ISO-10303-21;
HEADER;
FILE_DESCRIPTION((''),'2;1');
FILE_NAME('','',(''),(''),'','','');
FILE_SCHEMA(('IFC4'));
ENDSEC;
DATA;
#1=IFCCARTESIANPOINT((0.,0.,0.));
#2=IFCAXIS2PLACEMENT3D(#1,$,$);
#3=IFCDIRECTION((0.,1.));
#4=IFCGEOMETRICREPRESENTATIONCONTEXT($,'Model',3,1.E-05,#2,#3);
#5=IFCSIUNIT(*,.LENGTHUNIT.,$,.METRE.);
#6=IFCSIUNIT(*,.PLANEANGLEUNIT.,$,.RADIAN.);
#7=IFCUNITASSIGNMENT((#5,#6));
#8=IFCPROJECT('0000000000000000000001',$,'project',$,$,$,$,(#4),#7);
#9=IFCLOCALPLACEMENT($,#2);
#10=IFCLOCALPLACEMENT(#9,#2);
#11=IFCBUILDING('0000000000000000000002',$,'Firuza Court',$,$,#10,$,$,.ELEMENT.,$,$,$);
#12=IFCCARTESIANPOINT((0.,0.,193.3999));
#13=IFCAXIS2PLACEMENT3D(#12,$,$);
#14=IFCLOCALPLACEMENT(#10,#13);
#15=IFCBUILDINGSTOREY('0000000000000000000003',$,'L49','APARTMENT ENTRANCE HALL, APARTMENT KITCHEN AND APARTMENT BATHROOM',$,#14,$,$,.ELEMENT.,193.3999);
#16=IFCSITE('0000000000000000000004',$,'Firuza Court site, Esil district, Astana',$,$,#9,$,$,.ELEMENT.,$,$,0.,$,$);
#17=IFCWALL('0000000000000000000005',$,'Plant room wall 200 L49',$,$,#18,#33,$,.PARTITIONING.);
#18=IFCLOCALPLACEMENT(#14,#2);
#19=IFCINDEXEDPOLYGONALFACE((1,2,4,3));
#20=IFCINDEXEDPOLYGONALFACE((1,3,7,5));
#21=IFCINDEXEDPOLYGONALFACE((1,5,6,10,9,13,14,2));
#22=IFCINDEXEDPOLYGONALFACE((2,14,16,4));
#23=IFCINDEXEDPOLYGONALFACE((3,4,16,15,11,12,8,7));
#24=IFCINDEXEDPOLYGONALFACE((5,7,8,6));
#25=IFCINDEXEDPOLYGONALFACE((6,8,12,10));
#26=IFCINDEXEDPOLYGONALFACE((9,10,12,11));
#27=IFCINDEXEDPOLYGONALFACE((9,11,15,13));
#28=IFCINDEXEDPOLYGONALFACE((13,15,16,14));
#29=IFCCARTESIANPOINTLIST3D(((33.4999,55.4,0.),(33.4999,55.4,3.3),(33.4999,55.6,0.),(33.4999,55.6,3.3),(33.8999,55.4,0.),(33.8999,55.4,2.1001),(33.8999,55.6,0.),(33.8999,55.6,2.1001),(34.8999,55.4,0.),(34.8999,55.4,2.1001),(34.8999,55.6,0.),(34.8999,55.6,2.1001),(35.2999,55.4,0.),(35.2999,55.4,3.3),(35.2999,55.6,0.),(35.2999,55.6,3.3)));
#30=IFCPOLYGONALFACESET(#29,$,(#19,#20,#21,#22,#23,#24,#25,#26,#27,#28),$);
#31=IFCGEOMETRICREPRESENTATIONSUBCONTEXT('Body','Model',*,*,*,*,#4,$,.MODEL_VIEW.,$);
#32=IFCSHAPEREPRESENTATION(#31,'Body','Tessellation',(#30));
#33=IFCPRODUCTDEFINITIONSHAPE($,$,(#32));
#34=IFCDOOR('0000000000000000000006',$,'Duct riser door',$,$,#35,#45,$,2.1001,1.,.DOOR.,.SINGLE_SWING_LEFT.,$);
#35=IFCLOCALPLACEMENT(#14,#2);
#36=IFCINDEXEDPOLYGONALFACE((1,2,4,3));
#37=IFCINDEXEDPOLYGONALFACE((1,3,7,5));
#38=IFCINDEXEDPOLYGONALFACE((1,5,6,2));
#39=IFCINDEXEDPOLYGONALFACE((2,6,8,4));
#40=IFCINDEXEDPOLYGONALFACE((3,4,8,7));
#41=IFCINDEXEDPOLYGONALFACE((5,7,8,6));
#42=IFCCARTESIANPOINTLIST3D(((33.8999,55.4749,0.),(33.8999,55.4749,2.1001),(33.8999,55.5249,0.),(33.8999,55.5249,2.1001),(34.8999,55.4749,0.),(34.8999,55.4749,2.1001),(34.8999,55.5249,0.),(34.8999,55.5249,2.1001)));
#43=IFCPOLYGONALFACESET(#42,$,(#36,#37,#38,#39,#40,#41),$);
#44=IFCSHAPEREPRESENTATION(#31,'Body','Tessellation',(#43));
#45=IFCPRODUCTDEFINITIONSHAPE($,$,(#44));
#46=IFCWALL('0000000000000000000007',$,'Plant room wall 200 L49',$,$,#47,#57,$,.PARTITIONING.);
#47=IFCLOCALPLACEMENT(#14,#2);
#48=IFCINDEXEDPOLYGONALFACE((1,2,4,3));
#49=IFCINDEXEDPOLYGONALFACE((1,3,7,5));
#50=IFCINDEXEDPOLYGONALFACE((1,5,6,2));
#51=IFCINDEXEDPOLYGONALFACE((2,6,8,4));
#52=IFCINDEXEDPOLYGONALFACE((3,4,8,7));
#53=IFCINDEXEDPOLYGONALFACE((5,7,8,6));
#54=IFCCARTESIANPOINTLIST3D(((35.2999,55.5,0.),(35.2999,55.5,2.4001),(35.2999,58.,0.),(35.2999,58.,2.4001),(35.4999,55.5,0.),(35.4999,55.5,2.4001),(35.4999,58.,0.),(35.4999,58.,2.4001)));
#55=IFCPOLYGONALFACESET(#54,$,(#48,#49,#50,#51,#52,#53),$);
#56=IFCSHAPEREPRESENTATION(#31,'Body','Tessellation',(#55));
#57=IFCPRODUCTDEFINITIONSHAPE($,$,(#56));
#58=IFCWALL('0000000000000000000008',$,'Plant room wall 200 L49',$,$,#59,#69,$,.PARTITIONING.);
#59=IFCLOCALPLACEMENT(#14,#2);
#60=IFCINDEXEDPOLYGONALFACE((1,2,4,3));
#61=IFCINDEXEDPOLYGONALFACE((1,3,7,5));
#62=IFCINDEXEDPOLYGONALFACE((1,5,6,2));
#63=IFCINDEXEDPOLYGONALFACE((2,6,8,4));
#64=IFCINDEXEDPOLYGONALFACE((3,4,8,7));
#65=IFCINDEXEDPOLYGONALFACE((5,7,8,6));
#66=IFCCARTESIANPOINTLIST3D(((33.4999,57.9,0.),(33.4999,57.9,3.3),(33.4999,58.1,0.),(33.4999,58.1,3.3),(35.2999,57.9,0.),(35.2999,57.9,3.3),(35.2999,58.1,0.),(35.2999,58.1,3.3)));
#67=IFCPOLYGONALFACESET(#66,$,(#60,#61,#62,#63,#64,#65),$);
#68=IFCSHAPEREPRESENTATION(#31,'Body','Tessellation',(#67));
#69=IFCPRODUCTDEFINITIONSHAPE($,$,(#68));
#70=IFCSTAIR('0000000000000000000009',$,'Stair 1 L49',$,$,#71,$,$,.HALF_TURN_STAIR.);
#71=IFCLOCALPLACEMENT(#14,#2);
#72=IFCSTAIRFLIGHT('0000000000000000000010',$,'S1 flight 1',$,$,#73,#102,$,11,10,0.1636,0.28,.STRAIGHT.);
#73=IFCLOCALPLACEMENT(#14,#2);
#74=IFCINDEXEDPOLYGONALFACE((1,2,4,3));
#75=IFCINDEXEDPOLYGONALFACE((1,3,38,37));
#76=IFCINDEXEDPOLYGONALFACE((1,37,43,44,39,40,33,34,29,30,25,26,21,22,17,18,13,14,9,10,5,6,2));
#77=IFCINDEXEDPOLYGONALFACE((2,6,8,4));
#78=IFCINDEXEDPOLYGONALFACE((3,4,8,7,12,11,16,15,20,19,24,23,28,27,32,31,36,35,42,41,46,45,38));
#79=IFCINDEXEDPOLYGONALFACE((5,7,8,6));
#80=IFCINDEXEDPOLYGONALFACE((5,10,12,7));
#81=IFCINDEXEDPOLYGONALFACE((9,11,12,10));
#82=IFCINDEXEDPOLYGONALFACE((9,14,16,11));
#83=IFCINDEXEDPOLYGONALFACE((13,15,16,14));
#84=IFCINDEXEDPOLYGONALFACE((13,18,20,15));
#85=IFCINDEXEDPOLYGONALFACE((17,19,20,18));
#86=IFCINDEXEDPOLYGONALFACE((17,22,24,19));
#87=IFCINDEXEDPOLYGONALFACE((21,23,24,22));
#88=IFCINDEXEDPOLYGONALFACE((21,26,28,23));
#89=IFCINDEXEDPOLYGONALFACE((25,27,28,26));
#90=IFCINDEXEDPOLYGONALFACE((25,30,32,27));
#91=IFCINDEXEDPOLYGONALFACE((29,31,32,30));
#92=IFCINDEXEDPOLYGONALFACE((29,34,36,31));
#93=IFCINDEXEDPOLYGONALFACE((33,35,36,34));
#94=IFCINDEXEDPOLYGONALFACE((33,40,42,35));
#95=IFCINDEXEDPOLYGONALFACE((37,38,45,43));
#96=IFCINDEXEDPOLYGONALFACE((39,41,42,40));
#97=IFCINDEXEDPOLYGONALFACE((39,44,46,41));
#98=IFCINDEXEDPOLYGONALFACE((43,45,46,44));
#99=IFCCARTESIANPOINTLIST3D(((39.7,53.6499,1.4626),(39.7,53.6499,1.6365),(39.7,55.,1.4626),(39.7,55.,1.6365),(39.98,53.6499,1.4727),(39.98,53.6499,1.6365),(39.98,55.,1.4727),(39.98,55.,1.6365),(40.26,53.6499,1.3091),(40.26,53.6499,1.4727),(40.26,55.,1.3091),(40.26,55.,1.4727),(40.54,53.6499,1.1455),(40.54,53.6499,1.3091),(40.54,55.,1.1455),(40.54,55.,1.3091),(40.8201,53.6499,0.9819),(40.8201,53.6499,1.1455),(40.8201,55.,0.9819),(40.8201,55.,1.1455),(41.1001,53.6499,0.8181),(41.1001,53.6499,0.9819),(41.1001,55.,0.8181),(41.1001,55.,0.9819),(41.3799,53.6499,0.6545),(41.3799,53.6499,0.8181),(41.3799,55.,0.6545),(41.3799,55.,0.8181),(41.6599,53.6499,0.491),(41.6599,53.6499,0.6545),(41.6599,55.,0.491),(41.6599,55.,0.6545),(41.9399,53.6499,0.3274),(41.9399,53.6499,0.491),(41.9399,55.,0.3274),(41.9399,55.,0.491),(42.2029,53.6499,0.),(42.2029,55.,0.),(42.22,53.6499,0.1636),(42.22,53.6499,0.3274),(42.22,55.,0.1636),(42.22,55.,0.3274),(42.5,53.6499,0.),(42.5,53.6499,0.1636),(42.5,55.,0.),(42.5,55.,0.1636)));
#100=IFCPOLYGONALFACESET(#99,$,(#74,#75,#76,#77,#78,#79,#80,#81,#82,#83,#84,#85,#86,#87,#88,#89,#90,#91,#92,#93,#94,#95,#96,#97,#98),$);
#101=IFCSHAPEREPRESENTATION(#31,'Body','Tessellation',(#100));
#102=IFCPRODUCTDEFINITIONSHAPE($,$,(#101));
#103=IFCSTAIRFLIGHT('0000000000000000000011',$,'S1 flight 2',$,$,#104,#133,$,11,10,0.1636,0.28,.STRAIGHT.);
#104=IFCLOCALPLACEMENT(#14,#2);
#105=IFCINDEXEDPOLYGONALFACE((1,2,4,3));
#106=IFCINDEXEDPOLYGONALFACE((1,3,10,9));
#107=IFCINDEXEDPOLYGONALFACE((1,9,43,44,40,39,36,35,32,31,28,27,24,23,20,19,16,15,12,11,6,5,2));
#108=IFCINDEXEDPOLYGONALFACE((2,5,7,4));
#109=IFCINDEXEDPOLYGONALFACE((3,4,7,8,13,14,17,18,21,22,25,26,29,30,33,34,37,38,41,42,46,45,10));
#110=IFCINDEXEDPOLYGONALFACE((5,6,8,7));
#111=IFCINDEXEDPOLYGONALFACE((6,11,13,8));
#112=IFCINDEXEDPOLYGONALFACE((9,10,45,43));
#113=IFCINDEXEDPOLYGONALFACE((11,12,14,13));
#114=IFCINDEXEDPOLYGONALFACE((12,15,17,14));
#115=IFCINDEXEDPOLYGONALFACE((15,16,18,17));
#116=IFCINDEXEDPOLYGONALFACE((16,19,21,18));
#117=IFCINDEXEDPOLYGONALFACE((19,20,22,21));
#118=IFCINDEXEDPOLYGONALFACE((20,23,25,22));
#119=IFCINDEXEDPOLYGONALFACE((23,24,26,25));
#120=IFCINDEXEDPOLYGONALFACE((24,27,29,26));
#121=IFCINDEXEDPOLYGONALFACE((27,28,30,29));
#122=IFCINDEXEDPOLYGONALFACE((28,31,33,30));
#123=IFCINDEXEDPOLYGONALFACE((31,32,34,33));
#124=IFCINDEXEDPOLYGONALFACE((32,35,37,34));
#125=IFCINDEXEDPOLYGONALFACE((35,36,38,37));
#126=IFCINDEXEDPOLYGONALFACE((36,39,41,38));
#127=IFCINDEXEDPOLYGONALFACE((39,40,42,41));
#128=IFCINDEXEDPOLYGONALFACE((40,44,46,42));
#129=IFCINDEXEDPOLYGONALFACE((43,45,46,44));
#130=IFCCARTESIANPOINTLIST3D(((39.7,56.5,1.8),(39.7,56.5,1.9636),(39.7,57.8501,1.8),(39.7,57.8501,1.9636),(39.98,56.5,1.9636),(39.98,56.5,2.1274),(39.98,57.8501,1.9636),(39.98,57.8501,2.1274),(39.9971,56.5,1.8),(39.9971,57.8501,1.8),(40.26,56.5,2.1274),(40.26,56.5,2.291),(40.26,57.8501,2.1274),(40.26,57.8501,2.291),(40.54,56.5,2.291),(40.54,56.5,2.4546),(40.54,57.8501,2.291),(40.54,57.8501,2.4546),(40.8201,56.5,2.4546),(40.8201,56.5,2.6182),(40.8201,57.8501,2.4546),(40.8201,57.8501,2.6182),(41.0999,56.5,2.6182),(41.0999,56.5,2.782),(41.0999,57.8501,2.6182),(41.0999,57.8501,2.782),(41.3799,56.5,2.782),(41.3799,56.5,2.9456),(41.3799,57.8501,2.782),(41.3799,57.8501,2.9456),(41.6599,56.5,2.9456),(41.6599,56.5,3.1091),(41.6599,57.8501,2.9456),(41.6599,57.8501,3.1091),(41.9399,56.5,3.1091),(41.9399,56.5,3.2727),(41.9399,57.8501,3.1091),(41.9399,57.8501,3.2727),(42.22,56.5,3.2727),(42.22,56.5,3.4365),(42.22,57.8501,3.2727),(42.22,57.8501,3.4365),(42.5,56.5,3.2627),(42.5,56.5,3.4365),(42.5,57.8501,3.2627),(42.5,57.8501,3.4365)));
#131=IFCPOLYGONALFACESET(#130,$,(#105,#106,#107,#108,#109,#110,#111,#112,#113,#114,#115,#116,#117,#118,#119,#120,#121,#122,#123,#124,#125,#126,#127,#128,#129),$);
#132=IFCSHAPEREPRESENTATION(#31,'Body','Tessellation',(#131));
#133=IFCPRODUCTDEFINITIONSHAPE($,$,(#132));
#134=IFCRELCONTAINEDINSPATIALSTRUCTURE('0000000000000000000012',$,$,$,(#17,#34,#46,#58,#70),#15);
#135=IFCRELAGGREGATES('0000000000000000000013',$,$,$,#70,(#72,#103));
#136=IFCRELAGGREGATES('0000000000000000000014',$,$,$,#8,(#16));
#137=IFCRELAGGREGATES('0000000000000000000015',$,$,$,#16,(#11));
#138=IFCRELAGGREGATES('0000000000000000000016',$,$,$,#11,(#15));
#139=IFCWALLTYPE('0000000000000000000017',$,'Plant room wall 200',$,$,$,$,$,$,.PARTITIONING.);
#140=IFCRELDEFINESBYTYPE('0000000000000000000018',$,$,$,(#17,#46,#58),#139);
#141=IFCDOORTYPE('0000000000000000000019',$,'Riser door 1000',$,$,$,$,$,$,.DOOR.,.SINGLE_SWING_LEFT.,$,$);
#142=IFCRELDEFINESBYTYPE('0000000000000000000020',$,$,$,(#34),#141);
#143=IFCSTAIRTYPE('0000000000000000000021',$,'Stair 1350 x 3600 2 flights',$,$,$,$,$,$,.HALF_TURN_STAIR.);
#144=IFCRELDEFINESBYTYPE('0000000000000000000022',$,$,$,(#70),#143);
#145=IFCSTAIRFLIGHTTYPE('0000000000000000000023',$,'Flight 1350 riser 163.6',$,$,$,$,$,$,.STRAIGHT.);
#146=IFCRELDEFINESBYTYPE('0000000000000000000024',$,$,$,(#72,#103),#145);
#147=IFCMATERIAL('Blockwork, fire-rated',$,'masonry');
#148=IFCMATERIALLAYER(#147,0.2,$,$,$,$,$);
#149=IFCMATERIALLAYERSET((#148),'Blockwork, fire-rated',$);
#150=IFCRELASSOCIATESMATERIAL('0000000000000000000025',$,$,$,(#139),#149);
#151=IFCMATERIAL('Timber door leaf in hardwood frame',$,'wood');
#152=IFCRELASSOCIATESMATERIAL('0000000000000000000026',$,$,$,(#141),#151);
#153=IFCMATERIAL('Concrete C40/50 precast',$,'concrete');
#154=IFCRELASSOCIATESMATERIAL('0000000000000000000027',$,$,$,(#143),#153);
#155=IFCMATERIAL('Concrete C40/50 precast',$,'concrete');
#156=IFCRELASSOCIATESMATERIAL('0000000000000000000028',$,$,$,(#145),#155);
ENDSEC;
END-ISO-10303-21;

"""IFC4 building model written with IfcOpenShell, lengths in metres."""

from ifc_helpers import new_model, si_unit, direction, frame, frame_2d, origin, place, context, subcontext, project, spatial, polyline, rectangle, outline, extrude, material, layer, layer_set, type_object, element, fill, aggregate, save


model = new_model("IFC4")

# Units and contexts
model_context = context("Model", 3, precision=1e-05, world=origin(), true_north=direction((0.0, 1.0)))
body_context = subcontext(model_context, "Body", "Model", "MODEL_VIEW")
ifc_project = project(units=[si_unit("LENGTHUNIT", "METRE"), si_unit("PLANEANGLEUNIT", "RADIAN")], contexts=[model_context])

# Site, building, storey
site_placement = place(None, origin())
site = spatial("IfcSite", under=ifc_project, at=site_placement, Name="Firuza Court site, Esil district, Astana", CompositionType="ELEMENT", RefElevation=0.0)
building_placement = place(site_placement, origin())
building = spatial("IfcBuilding", under=site, at=building_placement, Name="Firuza Court", CompositionType="ELEMENT")
storey_placement = place(building_placement, frame((0.0, 0.0, 193.3999)))
storey = spatial("IfcBuildingStorey", under=building, at=storey_placement, Name="L49", Description="APARTMENT ENTRANCE HALL, APARTMENT KITCHEN AND APARTMENT BATHROOM", CompositionType="ELEMENT", Elevation=193.3999)

# Shared definitions
ifc_material_1 = material(Name="Blockwork, fire-rated", Category="masonry")
ifc_layer_1 = layer(ifc_material_1, 0.2)
ifc_layer_set_1 = layer_set([ifc_layer_1], Name="Blockwork, fire-rated")
wall_type_1 = type_object("IfcWallType", Name="Plant room wall 200", PredefinedType="PARTITIONING", material=ifc_layer_set_1)

# Wall, opening, door
wall_1_placement = place(storey_placement, frame((33.5, 55.5, 0.0), z_axis=(0.0, 0.0, 1.0), x_axis=(1.0, 0.0, 0.0)))
wall_1 = element("IfcWall", 1, at=wall_1_placement, inside=storey, type_object=wall_type_1, Name="Plant room wall 200 L49", PredefinedType="PARTITIONING", context=body_context, shape_type="SweptSolid", body=[
    extrude(rectangle(XDim=1.8, YDim=0.2, at=frame_2d((0.8999, 0.0))), origin(), (0.0, 0.0, 1.0), 3.3),
])
opening_placement = place(wall_1_placement, frame((0.3999, 0.0, 0.0)))
opening = element("IfcOpeningElement", 2, at=opening_placement, cuts=wall_1, PredefinedType="OPENING", context=body_context, shape_type="SweptSolid", body=[
    extrude(rectangle(XDim=1.0, YDim=2.1001, at=frame_2d((0.5, 1.05))), frame((0.0, 0.1118, 0.0), z_axis=(0.0, -1.0, 0.0), x_axis=(1.0, 0.0, 0.0)), (0.0, 0.0, 1.0), 0.2239),
])
ifc_material_2 = material(Name="Timber door leaf in hardwood frame", Category="wood")
door_type = type_object("IfcDoorType", Name="Riser door 1000", OperationType="SINGLE_SWING_LEFT", PredefinedType="DOOR", material=ifc_material_2)
door_placement = place(opening_placement, origin())
door = element("IfcDoor", 3, at=door_placement, inside=storey, type_object=door_type, Name="Duct riser door", OperationType="SINGLE_SWING_LEFT", OverallHeight=2.1001, OverallWidth=1.0, PredefinedType="DOOR", context=body_context, shape_type="SweptSolid", body=[
    extrude(rectangle(XDim=1.0, YDim=2.1001, at=frame_2d((0.5, 1.05))), frame((0.0, 0.0249, 0.0), z_axis=(0.0, -1.0, 0.0), x_axis=(1.0, 0.0, 0.0)), (0.0, 0.0, 1.0), 0.05),
])
fill(opening, door)

# Walls
wall_2_placement = place(storey_placement, frame((35.3999, 55.5, 0.0), z_axis=(0.0, 0.0, 1.0), x_axis=(0.0, 1.0, 0.0)))
element("IfcWall", 4, at=wall_2_placement, inside=storey, type_object=wall_type_1, Name="Plant room wall 200 L49", PredefinedType="PARTITIONING", context=body_context, shape_type="SweptSolid", body=[
    extrude(rectangle(XDim=2.5, YDim=0.2, at=frame_2d((1.25, 0.0))), origin(), (0.0, 0.0, 1.0), 2.4001),
])
wall_3_placement = place(storey_placement, frame((33.5, 58.0, 0.0), z_axis=(0.0, 0.0, 1.0), x_axis=(1.0, 0.0, 0.0)))
element("IfcWall", 5, at=wall_3_placement, inside=storey, type_object=wall_type_1, Name="Plant room wall 200 L49", PredefinedType="PARTITIONING", context=body_context, shape_type="SweptSolid", body=[
    extrude(rectangle(XDim=1.8, YDim=0.2, at=frame_2d((0.8999, 0.0))), origin(), (0.0, 0.0, 1.0), 3.3),
])

# Stair, stair flights
ifc_material_3 = material(Name="Concrete C40/50 precast", Category="concrete")
stair_type = type_object("IfcStairType", Name="Stair 1350 x 3600 2 flights", PredefinedType="HALF_TURN_STAIR", material=ifc_material_3)
stair_placement = place(storey_placement, origin())
stair = element("IfcStair", 6, at=stair_placement, inside=storey, type_object=stair_type, Name="Stair 1 L49", PredefinedType="HALF_TURN_STAIR")
ifc_material_4 = material(Name="Concrete C40/50 precast", Category="concrete")
stair_flight_type = type_object("IfcStairFlightType", Name="Flight 1350 riser 163.6", PredefinedType="STRAIGHT", material=ifc_material_4)
stair_flight_1_placement = place(storey_placement, frame((42.5, 54.325, 0.0), z_axis=(0.0, 0.0, 1.0), x_axis=(-1.0, 0.0, 0.0)))
stair_flight_1 = element("IfcStairFlight", 7, at=stair_flight_1_placement, type_object=stair_flight_type, Name="S1 flight 1", NumberOfRisers=11, NumberOfTreads=10, PredefinedType="STRAIGHT", RiserHeight=0.1636, TreadLength=0.28, context=body_context, shape_type="SweptSolid", body=[
    extrude(outline(polyline([(0.0, 0.0), (0.0, 0.1636), (0.28, 0.1636), (0.28, 0.3274), (0.5601, 0.3274), (0.5601, 0.491), (0.8401, 0.491), (0.8401, 0.6545), (1.1201, 0.6545), (1.1201, 0.8181), (1.3999, 0.8181), (1.3999, 0.9819), (1.6799, 0.9819), (1.6799, 1.1455), (1.96, 1.1455), (1.96, 1.3091), (2.24, 1.3091), (2.24, 1.4727), (2.52, 1.4727), (2.52, 1.6365), (2.8, 1.6365), (2.8, 1.8), (2.8, 1.4626), (0.2971, 0.0), (0.0, 0.0)])), frame((0.0, 0.675, 0.0), z_axis=(0.0, -1.0, 0.0), x_axis=(1.0, 0.0, 0.0)), (0.0, 0.0, 1.0), 1.3501),
])
stair_flight_2_placement = place(storey_placement, frame((39.7, 57.175, 1.8), z_axis=(0.0, 0.0, 1.0), x_axis=(1.0, 0.0, 0.0)))
stair_flight_2 = element("IfcStairFlight", 8, at=stair_flight_2_placement, type_object=stair_flight_type, Name="S1 flight 2", NumberOfRisers=11, NumberOfTreads=10, PredefinedType="STRAIGHT", RiserHeight=0.1636, TreadLength=0.28, context=body_context, shape_type="SweptSolid", body=[
    extrude(outline(polyline([(0.0, 0.0), (0.0, 0.1636), (0.28, 0.1636), (0.28, 0.3274), (0.5601, 0.3274), (0.5601, 0.491), (0.8401, 0.491), (0.8401, 0.6545), (1.1201, 0.6545), (1.1201, 0.8181), (1.3999, 0.8181), (1.3999, 0.9819), (1.6799, 0.9819), (1.6799, 1.1455), (1.96, 1.1455), (1.96, 1.3091), (2.24, 1.3091), (2.24, 1.4727), (2.52, 1.4727), (2.52, 1.6365), (2.8, 1.6365), (2.8, 1.8), (2.8, 1.4626), (0.2971, 0.0), (0.0, 0.0)])), frame((0.0, 0.675, 0.0), z_axis=(0.0, -1.0, 0.0), x_axis=(1.0, 0.0, 0.0)), (0.0, 0.0, 1.0), 1.3501),
])
aggregate(stair, [stair_flight_1, stair_flight_2])

save(model, "model.ifc")
